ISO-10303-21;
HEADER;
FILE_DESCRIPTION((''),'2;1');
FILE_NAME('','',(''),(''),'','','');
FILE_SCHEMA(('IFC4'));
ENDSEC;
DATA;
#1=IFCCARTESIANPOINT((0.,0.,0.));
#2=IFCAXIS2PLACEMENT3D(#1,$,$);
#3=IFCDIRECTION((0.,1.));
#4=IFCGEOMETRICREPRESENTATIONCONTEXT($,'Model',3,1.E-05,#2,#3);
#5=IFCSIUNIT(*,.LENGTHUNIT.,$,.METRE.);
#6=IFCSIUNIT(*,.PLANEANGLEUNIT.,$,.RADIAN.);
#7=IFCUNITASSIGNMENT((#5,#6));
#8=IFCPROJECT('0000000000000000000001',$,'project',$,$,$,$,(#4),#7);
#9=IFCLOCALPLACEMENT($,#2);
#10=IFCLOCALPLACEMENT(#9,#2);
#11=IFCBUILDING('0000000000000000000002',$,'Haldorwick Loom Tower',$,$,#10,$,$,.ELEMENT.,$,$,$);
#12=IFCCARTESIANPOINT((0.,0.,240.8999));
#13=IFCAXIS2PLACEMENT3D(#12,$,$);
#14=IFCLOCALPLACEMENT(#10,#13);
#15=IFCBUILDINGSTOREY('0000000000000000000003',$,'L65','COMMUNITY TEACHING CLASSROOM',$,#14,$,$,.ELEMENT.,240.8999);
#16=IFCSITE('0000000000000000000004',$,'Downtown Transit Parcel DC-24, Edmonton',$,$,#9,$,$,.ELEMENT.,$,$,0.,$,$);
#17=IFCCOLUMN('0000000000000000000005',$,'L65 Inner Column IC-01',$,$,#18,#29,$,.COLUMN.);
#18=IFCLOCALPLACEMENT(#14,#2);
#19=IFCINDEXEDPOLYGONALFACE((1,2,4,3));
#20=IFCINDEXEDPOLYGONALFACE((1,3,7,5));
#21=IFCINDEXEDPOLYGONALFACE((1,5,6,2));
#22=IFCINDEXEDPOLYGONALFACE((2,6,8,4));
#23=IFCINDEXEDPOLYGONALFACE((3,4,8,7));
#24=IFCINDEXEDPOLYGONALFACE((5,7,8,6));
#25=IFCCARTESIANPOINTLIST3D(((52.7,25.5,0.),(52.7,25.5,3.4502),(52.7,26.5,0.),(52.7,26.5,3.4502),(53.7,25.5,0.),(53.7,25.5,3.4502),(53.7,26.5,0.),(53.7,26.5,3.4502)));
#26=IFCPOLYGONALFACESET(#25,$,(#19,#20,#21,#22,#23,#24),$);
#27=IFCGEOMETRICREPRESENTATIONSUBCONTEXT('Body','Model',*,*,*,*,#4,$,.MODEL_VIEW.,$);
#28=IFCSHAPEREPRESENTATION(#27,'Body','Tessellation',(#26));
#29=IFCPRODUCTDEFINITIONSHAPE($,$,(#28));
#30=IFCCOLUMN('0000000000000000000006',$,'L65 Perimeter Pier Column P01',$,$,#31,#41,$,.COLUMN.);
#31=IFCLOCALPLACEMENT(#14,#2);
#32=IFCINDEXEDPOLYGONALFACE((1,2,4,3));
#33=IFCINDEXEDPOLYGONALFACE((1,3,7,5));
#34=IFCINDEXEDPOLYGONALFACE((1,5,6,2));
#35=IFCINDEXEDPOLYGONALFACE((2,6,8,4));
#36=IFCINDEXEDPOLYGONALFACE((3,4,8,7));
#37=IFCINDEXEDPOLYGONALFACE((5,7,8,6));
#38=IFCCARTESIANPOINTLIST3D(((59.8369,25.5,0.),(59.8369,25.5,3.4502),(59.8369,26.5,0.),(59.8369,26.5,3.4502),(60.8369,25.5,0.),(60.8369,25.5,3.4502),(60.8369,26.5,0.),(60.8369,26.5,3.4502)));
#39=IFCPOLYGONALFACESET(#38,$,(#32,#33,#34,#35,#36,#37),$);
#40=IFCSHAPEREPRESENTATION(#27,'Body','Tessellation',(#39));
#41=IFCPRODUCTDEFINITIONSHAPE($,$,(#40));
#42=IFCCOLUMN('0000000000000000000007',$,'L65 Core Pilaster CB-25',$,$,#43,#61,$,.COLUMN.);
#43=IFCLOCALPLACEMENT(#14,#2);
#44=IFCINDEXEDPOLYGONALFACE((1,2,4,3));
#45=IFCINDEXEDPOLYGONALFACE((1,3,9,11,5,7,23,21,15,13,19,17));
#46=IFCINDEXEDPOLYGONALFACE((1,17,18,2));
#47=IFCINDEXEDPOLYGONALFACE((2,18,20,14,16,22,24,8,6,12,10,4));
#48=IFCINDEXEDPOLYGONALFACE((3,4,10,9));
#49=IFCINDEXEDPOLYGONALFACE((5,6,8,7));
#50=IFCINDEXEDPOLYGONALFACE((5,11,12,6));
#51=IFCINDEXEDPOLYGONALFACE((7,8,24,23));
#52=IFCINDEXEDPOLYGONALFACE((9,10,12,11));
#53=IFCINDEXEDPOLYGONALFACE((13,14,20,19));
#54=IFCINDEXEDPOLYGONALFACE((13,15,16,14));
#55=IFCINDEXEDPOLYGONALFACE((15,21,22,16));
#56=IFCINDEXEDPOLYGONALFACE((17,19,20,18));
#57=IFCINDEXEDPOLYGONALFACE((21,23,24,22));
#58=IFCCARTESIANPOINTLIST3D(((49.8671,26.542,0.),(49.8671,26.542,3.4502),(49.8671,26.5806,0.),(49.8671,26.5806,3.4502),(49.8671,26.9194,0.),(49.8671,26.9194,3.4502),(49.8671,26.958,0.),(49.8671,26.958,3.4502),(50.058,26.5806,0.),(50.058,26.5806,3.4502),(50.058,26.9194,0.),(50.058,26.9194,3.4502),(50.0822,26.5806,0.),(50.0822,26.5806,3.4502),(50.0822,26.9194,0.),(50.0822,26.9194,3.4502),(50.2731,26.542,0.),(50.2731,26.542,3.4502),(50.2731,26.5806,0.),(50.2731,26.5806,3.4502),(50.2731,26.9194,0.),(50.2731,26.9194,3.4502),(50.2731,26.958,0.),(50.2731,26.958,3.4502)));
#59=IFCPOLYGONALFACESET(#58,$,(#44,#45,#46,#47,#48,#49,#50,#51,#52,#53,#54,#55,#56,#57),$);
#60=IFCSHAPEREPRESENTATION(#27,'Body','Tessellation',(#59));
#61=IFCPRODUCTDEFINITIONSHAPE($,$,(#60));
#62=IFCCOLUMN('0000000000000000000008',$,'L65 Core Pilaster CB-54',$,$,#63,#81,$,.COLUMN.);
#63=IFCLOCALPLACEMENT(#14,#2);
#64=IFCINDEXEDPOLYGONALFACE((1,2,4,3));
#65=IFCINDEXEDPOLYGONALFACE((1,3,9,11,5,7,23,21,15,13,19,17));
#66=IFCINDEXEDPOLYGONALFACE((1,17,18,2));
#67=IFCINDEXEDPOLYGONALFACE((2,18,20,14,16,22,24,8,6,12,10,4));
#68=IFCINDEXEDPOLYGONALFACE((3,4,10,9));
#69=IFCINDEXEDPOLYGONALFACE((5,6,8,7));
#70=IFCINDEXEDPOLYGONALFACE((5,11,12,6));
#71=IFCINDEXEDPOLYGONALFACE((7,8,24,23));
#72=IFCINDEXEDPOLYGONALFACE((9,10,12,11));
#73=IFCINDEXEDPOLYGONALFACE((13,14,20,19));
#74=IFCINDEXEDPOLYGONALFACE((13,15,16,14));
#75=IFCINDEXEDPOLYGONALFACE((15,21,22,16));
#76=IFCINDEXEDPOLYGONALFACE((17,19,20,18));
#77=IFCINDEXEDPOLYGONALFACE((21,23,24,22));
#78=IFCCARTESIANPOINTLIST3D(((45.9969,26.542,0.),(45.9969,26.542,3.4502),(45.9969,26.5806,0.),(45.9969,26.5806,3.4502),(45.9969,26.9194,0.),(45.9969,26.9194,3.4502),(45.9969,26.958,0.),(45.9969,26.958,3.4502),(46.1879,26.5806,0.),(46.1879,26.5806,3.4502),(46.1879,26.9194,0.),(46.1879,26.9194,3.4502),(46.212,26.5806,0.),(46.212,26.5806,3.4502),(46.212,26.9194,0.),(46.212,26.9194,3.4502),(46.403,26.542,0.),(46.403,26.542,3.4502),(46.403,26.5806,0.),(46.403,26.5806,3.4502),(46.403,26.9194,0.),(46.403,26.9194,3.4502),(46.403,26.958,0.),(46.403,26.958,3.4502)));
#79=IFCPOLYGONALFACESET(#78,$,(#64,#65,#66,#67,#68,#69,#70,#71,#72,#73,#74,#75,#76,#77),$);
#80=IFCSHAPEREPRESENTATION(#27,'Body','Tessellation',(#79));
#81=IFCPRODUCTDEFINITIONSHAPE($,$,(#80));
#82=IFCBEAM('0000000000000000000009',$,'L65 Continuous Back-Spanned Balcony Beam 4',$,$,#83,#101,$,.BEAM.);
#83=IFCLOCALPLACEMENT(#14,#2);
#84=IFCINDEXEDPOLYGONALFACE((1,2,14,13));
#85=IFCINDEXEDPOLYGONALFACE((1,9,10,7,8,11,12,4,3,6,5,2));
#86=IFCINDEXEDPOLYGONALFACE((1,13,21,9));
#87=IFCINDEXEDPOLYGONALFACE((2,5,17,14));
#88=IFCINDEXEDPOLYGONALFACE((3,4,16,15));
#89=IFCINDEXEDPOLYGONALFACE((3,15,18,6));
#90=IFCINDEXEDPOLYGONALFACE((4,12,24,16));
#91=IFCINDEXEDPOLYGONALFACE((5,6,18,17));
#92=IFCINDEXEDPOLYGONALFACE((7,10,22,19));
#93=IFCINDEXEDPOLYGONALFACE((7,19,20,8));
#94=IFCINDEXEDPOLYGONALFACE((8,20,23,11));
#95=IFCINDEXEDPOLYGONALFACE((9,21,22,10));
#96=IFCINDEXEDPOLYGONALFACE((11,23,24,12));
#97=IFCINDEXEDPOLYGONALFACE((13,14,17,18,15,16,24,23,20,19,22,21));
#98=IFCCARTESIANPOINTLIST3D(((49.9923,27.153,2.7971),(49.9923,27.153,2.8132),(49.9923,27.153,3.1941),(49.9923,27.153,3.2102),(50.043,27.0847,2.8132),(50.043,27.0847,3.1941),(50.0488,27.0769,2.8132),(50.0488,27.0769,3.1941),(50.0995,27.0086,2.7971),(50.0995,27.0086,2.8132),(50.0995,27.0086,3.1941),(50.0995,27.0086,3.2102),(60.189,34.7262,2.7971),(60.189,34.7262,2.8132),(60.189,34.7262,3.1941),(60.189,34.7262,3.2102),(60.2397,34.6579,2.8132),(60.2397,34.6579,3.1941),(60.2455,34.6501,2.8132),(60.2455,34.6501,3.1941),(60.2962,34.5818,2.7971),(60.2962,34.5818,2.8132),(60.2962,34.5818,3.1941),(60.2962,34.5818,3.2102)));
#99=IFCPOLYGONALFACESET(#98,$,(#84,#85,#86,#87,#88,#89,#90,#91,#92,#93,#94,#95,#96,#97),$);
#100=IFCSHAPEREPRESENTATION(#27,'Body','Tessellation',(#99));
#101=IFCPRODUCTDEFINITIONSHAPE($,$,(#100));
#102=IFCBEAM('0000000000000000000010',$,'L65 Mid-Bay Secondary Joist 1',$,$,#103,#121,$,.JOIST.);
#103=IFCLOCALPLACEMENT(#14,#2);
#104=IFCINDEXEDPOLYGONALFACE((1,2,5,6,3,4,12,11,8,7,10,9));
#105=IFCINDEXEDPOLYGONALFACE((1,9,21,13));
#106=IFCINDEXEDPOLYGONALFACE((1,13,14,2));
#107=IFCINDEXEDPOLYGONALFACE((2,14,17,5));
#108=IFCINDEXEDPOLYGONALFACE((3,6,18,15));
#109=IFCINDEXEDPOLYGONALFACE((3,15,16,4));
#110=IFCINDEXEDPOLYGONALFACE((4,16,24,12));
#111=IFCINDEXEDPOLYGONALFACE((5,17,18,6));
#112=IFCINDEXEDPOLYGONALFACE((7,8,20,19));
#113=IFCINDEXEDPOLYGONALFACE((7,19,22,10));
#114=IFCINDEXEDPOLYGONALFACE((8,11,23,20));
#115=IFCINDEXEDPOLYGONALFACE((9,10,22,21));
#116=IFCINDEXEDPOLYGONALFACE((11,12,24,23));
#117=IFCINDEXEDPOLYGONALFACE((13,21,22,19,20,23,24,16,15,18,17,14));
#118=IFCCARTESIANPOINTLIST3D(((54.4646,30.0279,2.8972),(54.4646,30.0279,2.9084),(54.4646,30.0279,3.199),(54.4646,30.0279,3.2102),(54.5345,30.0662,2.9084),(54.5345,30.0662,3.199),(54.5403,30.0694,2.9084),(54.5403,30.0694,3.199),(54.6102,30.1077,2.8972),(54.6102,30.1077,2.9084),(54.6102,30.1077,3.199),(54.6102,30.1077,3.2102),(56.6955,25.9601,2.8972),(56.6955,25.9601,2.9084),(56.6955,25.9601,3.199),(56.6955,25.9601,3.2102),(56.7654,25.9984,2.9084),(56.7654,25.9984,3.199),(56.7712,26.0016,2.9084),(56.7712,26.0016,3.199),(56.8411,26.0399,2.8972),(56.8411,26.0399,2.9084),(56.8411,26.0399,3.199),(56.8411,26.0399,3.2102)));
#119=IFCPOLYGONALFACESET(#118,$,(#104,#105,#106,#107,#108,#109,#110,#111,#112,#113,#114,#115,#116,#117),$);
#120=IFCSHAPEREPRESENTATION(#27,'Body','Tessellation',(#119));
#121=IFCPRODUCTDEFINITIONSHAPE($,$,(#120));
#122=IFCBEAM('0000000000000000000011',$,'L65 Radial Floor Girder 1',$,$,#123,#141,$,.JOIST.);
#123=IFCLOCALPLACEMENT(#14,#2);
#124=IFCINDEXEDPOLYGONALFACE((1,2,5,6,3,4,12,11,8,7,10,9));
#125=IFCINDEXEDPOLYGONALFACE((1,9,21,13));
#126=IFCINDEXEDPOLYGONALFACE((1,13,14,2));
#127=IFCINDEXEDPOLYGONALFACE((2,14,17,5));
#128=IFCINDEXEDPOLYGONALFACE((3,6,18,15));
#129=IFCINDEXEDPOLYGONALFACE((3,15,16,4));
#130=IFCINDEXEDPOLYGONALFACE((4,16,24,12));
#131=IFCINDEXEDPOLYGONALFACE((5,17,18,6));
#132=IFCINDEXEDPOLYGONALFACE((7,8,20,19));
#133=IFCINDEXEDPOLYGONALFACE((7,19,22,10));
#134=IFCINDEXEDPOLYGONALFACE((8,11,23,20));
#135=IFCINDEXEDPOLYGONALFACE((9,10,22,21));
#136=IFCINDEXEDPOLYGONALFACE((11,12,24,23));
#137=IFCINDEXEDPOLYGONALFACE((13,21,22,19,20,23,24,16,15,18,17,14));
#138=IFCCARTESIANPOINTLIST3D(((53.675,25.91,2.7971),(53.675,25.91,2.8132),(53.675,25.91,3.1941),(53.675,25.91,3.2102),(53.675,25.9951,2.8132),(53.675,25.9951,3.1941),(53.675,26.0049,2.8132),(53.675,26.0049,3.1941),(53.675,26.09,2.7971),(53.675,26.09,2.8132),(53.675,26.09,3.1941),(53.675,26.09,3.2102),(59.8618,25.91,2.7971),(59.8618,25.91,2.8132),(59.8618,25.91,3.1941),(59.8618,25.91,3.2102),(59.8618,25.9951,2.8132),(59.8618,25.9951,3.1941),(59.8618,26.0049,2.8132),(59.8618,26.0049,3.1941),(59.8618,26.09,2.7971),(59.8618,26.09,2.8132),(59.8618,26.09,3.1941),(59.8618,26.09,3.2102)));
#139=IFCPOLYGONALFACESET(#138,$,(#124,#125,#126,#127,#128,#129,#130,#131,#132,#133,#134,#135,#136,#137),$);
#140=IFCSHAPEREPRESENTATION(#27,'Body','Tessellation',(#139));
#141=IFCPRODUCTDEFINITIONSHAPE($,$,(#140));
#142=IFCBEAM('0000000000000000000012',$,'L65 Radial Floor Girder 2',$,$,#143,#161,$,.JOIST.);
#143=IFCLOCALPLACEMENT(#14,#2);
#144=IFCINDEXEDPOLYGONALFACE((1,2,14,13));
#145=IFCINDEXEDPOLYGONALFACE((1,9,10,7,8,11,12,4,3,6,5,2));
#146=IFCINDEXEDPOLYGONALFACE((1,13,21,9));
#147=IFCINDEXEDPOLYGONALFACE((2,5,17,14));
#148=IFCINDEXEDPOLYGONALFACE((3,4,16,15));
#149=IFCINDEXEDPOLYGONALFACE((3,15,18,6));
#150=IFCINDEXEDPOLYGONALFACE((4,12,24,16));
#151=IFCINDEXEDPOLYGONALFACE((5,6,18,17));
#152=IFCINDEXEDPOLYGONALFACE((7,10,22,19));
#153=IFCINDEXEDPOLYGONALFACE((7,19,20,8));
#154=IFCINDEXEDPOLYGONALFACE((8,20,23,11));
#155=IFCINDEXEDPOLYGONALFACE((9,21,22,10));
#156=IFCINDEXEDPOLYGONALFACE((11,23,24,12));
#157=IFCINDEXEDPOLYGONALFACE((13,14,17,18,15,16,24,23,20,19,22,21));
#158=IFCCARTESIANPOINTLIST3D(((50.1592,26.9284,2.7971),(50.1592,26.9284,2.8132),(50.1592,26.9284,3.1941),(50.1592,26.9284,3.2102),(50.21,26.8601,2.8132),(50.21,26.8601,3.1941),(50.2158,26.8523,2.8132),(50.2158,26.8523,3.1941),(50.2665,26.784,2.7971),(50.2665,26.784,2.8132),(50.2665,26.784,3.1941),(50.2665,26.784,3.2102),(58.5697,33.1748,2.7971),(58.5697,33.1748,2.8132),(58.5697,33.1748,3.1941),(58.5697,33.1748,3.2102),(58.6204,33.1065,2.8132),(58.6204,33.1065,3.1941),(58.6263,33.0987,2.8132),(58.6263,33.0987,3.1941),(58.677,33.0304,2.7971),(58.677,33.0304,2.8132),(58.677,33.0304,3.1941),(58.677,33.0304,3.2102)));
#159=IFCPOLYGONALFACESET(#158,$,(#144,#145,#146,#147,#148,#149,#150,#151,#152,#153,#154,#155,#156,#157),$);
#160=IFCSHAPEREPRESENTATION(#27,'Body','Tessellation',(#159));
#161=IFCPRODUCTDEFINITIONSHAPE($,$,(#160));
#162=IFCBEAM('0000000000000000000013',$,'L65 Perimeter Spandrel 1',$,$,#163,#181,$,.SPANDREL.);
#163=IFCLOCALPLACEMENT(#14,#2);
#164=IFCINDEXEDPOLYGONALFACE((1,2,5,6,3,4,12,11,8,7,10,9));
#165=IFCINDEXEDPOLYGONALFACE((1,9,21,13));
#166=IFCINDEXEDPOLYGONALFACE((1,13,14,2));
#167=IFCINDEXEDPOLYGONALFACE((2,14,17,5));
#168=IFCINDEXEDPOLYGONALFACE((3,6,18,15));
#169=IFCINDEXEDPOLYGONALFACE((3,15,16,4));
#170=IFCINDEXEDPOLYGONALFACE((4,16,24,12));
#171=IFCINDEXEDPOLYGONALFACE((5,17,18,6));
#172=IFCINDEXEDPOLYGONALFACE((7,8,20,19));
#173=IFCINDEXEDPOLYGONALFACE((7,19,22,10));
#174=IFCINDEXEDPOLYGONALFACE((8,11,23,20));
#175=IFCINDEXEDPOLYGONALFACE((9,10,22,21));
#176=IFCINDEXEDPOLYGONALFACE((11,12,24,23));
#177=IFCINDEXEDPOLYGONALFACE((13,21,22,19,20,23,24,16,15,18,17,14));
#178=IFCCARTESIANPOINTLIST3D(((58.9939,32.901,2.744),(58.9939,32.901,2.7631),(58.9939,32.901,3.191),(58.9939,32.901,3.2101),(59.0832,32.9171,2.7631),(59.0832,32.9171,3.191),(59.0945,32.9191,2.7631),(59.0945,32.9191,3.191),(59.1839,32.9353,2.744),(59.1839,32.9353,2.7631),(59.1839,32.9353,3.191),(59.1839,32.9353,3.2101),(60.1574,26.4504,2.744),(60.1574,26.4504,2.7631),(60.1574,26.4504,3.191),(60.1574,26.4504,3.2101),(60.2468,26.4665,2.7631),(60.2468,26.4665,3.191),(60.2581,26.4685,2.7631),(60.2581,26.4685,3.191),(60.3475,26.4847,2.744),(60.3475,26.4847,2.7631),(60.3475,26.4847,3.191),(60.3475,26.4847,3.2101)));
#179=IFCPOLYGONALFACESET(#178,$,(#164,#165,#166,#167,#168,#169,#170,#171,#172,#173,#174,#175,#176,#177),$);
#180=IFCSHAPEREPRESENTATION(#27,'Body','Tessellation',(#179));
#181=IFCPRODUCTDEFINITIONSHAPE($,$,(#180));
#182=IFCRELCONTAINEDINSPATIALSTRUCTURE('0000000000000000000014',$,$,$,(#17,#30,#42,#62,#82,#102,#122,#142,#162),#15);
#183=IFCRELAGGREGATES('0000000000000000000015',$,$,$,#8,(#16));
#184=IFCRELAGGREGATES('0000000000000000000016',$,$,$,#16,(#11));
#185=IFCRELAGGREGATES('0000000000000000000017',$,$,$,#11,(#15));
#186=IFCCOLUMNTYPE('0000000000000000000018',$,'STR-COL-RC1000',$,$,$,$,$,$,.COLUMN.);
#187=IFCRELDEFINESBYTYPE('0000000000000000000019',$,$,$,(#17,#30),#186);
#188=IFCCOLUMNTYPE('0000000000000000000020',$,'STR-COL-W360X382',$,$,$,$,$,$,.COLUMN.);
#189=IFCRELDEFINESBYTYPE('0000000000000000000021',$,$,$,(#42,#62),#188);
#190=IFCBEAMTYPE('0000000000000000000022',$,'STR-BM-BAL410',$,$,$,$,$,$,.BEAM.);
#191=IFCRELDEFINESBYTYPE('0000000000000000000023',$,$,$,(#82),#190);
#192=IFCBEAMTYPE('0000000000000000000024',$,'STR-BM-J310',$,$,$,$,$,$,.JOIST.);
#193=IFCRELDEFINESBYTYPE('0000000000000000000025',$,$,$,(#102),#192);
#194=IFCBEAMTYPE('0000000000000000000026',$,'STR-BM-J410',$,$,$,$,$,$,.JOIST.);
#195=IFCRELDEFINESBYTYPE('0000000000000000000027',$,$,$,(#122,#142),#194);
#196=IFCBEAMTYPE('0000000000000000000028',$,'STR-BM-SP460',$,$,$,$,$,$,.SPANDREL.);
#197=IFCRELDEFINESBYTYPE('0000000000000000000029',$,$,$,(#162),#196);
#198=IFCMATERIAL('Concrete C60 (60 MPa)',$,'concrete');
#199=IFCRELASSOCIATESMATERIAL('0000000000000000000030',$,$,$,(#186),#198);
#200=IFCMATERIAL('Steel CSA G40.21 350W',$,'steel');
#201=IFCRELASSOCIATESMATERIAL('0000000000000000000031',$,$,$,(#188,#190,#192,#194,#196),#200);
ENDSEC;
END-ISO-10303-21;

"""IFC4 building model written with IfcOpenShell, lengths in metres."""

from ifc_helpers import new_model, si_unit, direction, frame, origin, origin_2d, place, context, subcontext, project, spatial, rectangle, i_section, extrude, material, material_profile, profile_set, type_object, element, save


model = new_model("IFC4")

# Units and contexts
model_context = context("Model", 3, precision=1e-05, world=origin(), true_north=direction((0.0, 1.0)))
body_context = subcontext(model_context, "Body", "Model", "MODEL_VIEW")
ifc_project = project(units=[si_unit("LENGTHUNIT", "METRE"), si_unit("PLANEANGLEUNIT", "RADIAN")], contexts=[model_context])

# Site, building, storey
site_placement = place(None, origin())
site = spatial("IfcSite", under=ifc_project, at=site_placement, Name="Downtown Transit Parcel DC-24, Edmonton", CompositionType="ELEMENT", RefElevation=0.0)
building_placement = place(site_placement, origin())
building = spatial("IfcBuilding", under=site, at=building_placement, Name="Haldorwick Loom Tower", CompositionType="ELEMENT")
storey_placement = place(building_placement, frame((0.0, 0.0, 240.8999)))
storey = spatial("IfcBuildingStorey", under=building, at=storey_placement, Name="L65", Description="COMMUNITY TEACHING CLASSROOM", CompositionType="ELEMENT", Elevation=240.8999)

# Columns
ifc_material_1 = material(Name="Concrete C60 (60 MPa)", Category="concrete")
ifc_material_profile_1 = material_profile(ifc_material_1, rectangle(XDim=1.0, YDim=1.0, at=origin_2d()), Name="RC1000X1000", Category="concrete")
ifc_profile_set_1 = profile_set([ifc_material_profile_1], Name="Concrete C60 (60 MPa)")
column_type_1 = type_object("IfcColumnType", Name="STR-COL-RC1000", PredefinedType="COLUMN", material=ifc_profile_set_1)
for number, where, z_axis, x_axis, name in (
    (1, (53.2, 26.0, 0.0), (0.0, 0.0, 1.0), (1.0, 0.0, 0.0), "L65 Inner Column IC-01"),
    (2, (60.3369, 26.0, 0.0), (0.0, 0.0, 1.0), (1.0, 0.0, 0.0), "L65 Perimeter Pier Column P01"),
):
    element("IfcColumn", number, at=place(storey_placement, frame(where, z_axis=z_axis, x_axis=x_axis)), inside=storey, type_object=column_type_1, Name=name, PredefinedType="COLUMN", context=body_context, shape_type="SweptSolid", body=[
        extrude(rectangle(XDim=1.0, YDim=1.0, at=origin_2d()), origin(), (0.0, 0.0, 1.0), 3.4502),
    ])
ifc_material_2 = material(Name="Steel CSA G40.21 350W", Category="steel")
ifc_material_profile_2 = material_profile(ifc_material_2, i_section(OverallWidth=0.406, OverallDepth=0.416, WebThickness=0.0242, FlangeThickness=0.0386, at=origin_2d()), Name="W360X382", Category="steel")
ifc_profile_set_2 = profile_set([ifc_material_profile_2], Name="Steel CSA G40.21 350W")
column_type_2 = type_object("IfcColumnType", Name="STR-COL-W360X382", PredefinedType="COLUMN", material=ifc_profile_set_2)
for number, where, z_axis, x_axis, name in (
    (3, (50.0701, 26.75, 0.0), (0.0, 0.0, 1.0), (1.0, 0.0, 0.0), "L65 Core Pilaster CB-25"),
    (4, (46.2, 26.75, 0.0), (0.0, 0.0, 1.0), (1.0, 0.0, 0.0), "L65 Core Pilaster CB-54"),
):
    element("IfcColumn", number, at=place(storey_placement, frame(where, z_axis=z_axis, x_axis=x_axis)), inside=storey, type_object=column_type_2, Name=name, PredefinedType="COLUMN", context=body_context, shape_type="SweptSolid", body=[
        extrude(i_section(OverallWidth=0.406, OverallDepth=0.416, WebThickness=0.0242, FlangeThickness=0.0386, at=origin_2d()), origin(), (0.0, 0.0, 1.0), 3.4502),
    ])

# Beams
ifc_material_profile_3 = material_profile(ifc_material_2, i_section(OverallWidth=0.1799, OverallDepth=0.4131, WebThickness=0.0098, FlangeThickness=0.0161, at=origin_2d()), Name="W410X74", Category="steel")
ifc_profile_set_3 = profile_set([ifc_material_profile_3], Name="Steel CSA G40.21 350W")
beam_type_1 = type_object("IfcBeamType", Name="STR-BM-BAL410", PredefinedType="BEAM", material=ifc_profile_set_3)
beam_1_placement = place(storey_placement, frame((50.0459, 27.0808, 3.0037), z_axis=(0.802801, 0.596248, 0.0), x_axis=(-0.596248, 0.802801, 0.0)))
element("IfcBeam", 5, at=beam_1_placement, inside=storey, type_object=beam_type_1, Name="L65 Continuous Back-Spanned Balcony Beam 4", PredefinedType="BEAM", context=body_context, shape_type="SweptSolid", body=[
    extrude(i_section(OverallWidth=0.1799, OverallDepth=0.4131, WebThickness=0.0098, FlangeThickness=0.0161, at=origin_2d()), origin(), (0.0, 0.0, 1.0), 12.7014),
])
ifc_material_profile_4 = material_profile(ifc_material_2, i_section(OverallWidth=0.166, OverallDepth=0.313, WebThickness=0.0066, FlangeThickness=0.0112, at=origin_2d()), Name="W310X45", Category="steel")
ifc_profile_set_4 = profile_set([ifc_material_profile_4], Name="Steel CSA G40.21 350W")
beam_type_2 = type_object("IfcBeamType", Name="STR-BM-J310", PredefinedType="JOIST", material=ifc_profile_set_4)
beam_2_placement = place(storey_placement, frame((56.7683, 26.0, 3.0537), z_axis=(-0.480864, 0.876795, 0.0), x_axis=(-0.876795, -0.480864, 0.0)))
element("IfcBeam", 6, at=beam_2_placement, inside=storey, type_object=beam_type_2, Name="L65 Mid-Bay Secondary Joist 1", PredefinedType="JOIST", context=body_context, shape_type="SweptSolid", body=[
    extrude(i_section(OverallWidth=0.166, OverallDepth=0.313, WebThickness=0.0066, FlangeThickness=0.0112, at=origin_2d()), origin(), (0.0, 0.0, 1.0), 4.6394),
])
ifc_material_profile_5 = material_profile(ifc_material_2, i_section(OverallWidth=0.1799, OverallDepth=0.4131, WebThickness=0.0098, FlangeThickness=0.0161, at=origin_2d()), Name="W410X74", Category="steel")
ifc_profile_set_5 = profile_set([ifc_material_profile_5], Name="Steel CSA G40.21 350W")
beam_type_3 = type_object("IfcBeamType", Name="STR-BM-J410", PredefinedType="JOIST", material=ifc_profile_set_5)
beam_3_placement = place(storey_placement, frame((53.675, 26.0, 3.0037), z_axis=(1.0, 0.0, 0.0), x_axis=(0.0, 1.0, 0.0)))
element("IfcBeam", 7, at=beam_3_placement, inside=storey, type_object=beam_type_3, Name="L65 Radial Floor Girder 1", PredefinedType="JOIST", context=body_context, shape_type="SweptSolid", body=[
    extrude(i_section(OverallWidth=0.1799, OverallDepth=0.4131, WebThickness=0.0098, FlangeThickness=0.0161, at=origin_2d()), origin(), (0.0, 0.0, 1.0), 6.1868),
])
beam_4_placement = place(storey_placement, frame((50.2129, 26.8562, 3.0037), z_axis=(0.802807, 0.596239, 0.0), x_axis=(-0.596239, 0.802807, 0.0)))
element("IfcBeam", 8, at=beam_4_placement, inside=storey, type_object=beam_type_3, Name="L65 Radial Floor Girder 2", PredefinedType="JOIST", context=body_context, shape_type="SweptSolid", body=[
    extrude(i_section(OverallWidth=0.1799, OverallDepth=0.4131, WebThickness=0.0098, FlangeThickness=0.0161, at=origin_2d()), origin(), (0.0, 0.0, 1.0), 10.4763),
])
ifc_material_profile_6 = material_profile(ifc_material_2, i_section(OverallWidth=0.1931, OverallDepth=0.4661, WebThickness=0.0115, FlangeThickness=0.019, at=origin_2d()), Name="W460X97", Category="steel")
ifc_profile_set_6 = profile_set([ifc_material_profile_6], Name="Steel CSA G40.21 350W")
beam_type_4 = type_object("IfcBeamType", Name="STR-BM-SP460", PredefinedType="SPANDREL", material=ifc_profile_set_6)
beam_5_placement = place(storey_placement, frame((60.2524, 26.4675, 2.9771), z_axis=(-0.177515, 0.984118, 0.0), x_axis=(-0.984118, -0.177515, 0.0)))
element("IfcBeam", 9, at=beam_5_placement, inside=storey, type_object=beam_type_4, Name="L65 Perimeter Spandrel 1", PredefinedType="SPANDREL", context=body_context, shape_type="SweptSolid", body=[
    extrude(i_section(OverallWidth=0.1931, OverallDepth=0.4661, WebThickness=0.0115, FlangeThickness=0.019, at=origin_2d()), origin(), (0.0, 0.0, 1.0), 6.5547),
])

save(model, "model.ifc")
